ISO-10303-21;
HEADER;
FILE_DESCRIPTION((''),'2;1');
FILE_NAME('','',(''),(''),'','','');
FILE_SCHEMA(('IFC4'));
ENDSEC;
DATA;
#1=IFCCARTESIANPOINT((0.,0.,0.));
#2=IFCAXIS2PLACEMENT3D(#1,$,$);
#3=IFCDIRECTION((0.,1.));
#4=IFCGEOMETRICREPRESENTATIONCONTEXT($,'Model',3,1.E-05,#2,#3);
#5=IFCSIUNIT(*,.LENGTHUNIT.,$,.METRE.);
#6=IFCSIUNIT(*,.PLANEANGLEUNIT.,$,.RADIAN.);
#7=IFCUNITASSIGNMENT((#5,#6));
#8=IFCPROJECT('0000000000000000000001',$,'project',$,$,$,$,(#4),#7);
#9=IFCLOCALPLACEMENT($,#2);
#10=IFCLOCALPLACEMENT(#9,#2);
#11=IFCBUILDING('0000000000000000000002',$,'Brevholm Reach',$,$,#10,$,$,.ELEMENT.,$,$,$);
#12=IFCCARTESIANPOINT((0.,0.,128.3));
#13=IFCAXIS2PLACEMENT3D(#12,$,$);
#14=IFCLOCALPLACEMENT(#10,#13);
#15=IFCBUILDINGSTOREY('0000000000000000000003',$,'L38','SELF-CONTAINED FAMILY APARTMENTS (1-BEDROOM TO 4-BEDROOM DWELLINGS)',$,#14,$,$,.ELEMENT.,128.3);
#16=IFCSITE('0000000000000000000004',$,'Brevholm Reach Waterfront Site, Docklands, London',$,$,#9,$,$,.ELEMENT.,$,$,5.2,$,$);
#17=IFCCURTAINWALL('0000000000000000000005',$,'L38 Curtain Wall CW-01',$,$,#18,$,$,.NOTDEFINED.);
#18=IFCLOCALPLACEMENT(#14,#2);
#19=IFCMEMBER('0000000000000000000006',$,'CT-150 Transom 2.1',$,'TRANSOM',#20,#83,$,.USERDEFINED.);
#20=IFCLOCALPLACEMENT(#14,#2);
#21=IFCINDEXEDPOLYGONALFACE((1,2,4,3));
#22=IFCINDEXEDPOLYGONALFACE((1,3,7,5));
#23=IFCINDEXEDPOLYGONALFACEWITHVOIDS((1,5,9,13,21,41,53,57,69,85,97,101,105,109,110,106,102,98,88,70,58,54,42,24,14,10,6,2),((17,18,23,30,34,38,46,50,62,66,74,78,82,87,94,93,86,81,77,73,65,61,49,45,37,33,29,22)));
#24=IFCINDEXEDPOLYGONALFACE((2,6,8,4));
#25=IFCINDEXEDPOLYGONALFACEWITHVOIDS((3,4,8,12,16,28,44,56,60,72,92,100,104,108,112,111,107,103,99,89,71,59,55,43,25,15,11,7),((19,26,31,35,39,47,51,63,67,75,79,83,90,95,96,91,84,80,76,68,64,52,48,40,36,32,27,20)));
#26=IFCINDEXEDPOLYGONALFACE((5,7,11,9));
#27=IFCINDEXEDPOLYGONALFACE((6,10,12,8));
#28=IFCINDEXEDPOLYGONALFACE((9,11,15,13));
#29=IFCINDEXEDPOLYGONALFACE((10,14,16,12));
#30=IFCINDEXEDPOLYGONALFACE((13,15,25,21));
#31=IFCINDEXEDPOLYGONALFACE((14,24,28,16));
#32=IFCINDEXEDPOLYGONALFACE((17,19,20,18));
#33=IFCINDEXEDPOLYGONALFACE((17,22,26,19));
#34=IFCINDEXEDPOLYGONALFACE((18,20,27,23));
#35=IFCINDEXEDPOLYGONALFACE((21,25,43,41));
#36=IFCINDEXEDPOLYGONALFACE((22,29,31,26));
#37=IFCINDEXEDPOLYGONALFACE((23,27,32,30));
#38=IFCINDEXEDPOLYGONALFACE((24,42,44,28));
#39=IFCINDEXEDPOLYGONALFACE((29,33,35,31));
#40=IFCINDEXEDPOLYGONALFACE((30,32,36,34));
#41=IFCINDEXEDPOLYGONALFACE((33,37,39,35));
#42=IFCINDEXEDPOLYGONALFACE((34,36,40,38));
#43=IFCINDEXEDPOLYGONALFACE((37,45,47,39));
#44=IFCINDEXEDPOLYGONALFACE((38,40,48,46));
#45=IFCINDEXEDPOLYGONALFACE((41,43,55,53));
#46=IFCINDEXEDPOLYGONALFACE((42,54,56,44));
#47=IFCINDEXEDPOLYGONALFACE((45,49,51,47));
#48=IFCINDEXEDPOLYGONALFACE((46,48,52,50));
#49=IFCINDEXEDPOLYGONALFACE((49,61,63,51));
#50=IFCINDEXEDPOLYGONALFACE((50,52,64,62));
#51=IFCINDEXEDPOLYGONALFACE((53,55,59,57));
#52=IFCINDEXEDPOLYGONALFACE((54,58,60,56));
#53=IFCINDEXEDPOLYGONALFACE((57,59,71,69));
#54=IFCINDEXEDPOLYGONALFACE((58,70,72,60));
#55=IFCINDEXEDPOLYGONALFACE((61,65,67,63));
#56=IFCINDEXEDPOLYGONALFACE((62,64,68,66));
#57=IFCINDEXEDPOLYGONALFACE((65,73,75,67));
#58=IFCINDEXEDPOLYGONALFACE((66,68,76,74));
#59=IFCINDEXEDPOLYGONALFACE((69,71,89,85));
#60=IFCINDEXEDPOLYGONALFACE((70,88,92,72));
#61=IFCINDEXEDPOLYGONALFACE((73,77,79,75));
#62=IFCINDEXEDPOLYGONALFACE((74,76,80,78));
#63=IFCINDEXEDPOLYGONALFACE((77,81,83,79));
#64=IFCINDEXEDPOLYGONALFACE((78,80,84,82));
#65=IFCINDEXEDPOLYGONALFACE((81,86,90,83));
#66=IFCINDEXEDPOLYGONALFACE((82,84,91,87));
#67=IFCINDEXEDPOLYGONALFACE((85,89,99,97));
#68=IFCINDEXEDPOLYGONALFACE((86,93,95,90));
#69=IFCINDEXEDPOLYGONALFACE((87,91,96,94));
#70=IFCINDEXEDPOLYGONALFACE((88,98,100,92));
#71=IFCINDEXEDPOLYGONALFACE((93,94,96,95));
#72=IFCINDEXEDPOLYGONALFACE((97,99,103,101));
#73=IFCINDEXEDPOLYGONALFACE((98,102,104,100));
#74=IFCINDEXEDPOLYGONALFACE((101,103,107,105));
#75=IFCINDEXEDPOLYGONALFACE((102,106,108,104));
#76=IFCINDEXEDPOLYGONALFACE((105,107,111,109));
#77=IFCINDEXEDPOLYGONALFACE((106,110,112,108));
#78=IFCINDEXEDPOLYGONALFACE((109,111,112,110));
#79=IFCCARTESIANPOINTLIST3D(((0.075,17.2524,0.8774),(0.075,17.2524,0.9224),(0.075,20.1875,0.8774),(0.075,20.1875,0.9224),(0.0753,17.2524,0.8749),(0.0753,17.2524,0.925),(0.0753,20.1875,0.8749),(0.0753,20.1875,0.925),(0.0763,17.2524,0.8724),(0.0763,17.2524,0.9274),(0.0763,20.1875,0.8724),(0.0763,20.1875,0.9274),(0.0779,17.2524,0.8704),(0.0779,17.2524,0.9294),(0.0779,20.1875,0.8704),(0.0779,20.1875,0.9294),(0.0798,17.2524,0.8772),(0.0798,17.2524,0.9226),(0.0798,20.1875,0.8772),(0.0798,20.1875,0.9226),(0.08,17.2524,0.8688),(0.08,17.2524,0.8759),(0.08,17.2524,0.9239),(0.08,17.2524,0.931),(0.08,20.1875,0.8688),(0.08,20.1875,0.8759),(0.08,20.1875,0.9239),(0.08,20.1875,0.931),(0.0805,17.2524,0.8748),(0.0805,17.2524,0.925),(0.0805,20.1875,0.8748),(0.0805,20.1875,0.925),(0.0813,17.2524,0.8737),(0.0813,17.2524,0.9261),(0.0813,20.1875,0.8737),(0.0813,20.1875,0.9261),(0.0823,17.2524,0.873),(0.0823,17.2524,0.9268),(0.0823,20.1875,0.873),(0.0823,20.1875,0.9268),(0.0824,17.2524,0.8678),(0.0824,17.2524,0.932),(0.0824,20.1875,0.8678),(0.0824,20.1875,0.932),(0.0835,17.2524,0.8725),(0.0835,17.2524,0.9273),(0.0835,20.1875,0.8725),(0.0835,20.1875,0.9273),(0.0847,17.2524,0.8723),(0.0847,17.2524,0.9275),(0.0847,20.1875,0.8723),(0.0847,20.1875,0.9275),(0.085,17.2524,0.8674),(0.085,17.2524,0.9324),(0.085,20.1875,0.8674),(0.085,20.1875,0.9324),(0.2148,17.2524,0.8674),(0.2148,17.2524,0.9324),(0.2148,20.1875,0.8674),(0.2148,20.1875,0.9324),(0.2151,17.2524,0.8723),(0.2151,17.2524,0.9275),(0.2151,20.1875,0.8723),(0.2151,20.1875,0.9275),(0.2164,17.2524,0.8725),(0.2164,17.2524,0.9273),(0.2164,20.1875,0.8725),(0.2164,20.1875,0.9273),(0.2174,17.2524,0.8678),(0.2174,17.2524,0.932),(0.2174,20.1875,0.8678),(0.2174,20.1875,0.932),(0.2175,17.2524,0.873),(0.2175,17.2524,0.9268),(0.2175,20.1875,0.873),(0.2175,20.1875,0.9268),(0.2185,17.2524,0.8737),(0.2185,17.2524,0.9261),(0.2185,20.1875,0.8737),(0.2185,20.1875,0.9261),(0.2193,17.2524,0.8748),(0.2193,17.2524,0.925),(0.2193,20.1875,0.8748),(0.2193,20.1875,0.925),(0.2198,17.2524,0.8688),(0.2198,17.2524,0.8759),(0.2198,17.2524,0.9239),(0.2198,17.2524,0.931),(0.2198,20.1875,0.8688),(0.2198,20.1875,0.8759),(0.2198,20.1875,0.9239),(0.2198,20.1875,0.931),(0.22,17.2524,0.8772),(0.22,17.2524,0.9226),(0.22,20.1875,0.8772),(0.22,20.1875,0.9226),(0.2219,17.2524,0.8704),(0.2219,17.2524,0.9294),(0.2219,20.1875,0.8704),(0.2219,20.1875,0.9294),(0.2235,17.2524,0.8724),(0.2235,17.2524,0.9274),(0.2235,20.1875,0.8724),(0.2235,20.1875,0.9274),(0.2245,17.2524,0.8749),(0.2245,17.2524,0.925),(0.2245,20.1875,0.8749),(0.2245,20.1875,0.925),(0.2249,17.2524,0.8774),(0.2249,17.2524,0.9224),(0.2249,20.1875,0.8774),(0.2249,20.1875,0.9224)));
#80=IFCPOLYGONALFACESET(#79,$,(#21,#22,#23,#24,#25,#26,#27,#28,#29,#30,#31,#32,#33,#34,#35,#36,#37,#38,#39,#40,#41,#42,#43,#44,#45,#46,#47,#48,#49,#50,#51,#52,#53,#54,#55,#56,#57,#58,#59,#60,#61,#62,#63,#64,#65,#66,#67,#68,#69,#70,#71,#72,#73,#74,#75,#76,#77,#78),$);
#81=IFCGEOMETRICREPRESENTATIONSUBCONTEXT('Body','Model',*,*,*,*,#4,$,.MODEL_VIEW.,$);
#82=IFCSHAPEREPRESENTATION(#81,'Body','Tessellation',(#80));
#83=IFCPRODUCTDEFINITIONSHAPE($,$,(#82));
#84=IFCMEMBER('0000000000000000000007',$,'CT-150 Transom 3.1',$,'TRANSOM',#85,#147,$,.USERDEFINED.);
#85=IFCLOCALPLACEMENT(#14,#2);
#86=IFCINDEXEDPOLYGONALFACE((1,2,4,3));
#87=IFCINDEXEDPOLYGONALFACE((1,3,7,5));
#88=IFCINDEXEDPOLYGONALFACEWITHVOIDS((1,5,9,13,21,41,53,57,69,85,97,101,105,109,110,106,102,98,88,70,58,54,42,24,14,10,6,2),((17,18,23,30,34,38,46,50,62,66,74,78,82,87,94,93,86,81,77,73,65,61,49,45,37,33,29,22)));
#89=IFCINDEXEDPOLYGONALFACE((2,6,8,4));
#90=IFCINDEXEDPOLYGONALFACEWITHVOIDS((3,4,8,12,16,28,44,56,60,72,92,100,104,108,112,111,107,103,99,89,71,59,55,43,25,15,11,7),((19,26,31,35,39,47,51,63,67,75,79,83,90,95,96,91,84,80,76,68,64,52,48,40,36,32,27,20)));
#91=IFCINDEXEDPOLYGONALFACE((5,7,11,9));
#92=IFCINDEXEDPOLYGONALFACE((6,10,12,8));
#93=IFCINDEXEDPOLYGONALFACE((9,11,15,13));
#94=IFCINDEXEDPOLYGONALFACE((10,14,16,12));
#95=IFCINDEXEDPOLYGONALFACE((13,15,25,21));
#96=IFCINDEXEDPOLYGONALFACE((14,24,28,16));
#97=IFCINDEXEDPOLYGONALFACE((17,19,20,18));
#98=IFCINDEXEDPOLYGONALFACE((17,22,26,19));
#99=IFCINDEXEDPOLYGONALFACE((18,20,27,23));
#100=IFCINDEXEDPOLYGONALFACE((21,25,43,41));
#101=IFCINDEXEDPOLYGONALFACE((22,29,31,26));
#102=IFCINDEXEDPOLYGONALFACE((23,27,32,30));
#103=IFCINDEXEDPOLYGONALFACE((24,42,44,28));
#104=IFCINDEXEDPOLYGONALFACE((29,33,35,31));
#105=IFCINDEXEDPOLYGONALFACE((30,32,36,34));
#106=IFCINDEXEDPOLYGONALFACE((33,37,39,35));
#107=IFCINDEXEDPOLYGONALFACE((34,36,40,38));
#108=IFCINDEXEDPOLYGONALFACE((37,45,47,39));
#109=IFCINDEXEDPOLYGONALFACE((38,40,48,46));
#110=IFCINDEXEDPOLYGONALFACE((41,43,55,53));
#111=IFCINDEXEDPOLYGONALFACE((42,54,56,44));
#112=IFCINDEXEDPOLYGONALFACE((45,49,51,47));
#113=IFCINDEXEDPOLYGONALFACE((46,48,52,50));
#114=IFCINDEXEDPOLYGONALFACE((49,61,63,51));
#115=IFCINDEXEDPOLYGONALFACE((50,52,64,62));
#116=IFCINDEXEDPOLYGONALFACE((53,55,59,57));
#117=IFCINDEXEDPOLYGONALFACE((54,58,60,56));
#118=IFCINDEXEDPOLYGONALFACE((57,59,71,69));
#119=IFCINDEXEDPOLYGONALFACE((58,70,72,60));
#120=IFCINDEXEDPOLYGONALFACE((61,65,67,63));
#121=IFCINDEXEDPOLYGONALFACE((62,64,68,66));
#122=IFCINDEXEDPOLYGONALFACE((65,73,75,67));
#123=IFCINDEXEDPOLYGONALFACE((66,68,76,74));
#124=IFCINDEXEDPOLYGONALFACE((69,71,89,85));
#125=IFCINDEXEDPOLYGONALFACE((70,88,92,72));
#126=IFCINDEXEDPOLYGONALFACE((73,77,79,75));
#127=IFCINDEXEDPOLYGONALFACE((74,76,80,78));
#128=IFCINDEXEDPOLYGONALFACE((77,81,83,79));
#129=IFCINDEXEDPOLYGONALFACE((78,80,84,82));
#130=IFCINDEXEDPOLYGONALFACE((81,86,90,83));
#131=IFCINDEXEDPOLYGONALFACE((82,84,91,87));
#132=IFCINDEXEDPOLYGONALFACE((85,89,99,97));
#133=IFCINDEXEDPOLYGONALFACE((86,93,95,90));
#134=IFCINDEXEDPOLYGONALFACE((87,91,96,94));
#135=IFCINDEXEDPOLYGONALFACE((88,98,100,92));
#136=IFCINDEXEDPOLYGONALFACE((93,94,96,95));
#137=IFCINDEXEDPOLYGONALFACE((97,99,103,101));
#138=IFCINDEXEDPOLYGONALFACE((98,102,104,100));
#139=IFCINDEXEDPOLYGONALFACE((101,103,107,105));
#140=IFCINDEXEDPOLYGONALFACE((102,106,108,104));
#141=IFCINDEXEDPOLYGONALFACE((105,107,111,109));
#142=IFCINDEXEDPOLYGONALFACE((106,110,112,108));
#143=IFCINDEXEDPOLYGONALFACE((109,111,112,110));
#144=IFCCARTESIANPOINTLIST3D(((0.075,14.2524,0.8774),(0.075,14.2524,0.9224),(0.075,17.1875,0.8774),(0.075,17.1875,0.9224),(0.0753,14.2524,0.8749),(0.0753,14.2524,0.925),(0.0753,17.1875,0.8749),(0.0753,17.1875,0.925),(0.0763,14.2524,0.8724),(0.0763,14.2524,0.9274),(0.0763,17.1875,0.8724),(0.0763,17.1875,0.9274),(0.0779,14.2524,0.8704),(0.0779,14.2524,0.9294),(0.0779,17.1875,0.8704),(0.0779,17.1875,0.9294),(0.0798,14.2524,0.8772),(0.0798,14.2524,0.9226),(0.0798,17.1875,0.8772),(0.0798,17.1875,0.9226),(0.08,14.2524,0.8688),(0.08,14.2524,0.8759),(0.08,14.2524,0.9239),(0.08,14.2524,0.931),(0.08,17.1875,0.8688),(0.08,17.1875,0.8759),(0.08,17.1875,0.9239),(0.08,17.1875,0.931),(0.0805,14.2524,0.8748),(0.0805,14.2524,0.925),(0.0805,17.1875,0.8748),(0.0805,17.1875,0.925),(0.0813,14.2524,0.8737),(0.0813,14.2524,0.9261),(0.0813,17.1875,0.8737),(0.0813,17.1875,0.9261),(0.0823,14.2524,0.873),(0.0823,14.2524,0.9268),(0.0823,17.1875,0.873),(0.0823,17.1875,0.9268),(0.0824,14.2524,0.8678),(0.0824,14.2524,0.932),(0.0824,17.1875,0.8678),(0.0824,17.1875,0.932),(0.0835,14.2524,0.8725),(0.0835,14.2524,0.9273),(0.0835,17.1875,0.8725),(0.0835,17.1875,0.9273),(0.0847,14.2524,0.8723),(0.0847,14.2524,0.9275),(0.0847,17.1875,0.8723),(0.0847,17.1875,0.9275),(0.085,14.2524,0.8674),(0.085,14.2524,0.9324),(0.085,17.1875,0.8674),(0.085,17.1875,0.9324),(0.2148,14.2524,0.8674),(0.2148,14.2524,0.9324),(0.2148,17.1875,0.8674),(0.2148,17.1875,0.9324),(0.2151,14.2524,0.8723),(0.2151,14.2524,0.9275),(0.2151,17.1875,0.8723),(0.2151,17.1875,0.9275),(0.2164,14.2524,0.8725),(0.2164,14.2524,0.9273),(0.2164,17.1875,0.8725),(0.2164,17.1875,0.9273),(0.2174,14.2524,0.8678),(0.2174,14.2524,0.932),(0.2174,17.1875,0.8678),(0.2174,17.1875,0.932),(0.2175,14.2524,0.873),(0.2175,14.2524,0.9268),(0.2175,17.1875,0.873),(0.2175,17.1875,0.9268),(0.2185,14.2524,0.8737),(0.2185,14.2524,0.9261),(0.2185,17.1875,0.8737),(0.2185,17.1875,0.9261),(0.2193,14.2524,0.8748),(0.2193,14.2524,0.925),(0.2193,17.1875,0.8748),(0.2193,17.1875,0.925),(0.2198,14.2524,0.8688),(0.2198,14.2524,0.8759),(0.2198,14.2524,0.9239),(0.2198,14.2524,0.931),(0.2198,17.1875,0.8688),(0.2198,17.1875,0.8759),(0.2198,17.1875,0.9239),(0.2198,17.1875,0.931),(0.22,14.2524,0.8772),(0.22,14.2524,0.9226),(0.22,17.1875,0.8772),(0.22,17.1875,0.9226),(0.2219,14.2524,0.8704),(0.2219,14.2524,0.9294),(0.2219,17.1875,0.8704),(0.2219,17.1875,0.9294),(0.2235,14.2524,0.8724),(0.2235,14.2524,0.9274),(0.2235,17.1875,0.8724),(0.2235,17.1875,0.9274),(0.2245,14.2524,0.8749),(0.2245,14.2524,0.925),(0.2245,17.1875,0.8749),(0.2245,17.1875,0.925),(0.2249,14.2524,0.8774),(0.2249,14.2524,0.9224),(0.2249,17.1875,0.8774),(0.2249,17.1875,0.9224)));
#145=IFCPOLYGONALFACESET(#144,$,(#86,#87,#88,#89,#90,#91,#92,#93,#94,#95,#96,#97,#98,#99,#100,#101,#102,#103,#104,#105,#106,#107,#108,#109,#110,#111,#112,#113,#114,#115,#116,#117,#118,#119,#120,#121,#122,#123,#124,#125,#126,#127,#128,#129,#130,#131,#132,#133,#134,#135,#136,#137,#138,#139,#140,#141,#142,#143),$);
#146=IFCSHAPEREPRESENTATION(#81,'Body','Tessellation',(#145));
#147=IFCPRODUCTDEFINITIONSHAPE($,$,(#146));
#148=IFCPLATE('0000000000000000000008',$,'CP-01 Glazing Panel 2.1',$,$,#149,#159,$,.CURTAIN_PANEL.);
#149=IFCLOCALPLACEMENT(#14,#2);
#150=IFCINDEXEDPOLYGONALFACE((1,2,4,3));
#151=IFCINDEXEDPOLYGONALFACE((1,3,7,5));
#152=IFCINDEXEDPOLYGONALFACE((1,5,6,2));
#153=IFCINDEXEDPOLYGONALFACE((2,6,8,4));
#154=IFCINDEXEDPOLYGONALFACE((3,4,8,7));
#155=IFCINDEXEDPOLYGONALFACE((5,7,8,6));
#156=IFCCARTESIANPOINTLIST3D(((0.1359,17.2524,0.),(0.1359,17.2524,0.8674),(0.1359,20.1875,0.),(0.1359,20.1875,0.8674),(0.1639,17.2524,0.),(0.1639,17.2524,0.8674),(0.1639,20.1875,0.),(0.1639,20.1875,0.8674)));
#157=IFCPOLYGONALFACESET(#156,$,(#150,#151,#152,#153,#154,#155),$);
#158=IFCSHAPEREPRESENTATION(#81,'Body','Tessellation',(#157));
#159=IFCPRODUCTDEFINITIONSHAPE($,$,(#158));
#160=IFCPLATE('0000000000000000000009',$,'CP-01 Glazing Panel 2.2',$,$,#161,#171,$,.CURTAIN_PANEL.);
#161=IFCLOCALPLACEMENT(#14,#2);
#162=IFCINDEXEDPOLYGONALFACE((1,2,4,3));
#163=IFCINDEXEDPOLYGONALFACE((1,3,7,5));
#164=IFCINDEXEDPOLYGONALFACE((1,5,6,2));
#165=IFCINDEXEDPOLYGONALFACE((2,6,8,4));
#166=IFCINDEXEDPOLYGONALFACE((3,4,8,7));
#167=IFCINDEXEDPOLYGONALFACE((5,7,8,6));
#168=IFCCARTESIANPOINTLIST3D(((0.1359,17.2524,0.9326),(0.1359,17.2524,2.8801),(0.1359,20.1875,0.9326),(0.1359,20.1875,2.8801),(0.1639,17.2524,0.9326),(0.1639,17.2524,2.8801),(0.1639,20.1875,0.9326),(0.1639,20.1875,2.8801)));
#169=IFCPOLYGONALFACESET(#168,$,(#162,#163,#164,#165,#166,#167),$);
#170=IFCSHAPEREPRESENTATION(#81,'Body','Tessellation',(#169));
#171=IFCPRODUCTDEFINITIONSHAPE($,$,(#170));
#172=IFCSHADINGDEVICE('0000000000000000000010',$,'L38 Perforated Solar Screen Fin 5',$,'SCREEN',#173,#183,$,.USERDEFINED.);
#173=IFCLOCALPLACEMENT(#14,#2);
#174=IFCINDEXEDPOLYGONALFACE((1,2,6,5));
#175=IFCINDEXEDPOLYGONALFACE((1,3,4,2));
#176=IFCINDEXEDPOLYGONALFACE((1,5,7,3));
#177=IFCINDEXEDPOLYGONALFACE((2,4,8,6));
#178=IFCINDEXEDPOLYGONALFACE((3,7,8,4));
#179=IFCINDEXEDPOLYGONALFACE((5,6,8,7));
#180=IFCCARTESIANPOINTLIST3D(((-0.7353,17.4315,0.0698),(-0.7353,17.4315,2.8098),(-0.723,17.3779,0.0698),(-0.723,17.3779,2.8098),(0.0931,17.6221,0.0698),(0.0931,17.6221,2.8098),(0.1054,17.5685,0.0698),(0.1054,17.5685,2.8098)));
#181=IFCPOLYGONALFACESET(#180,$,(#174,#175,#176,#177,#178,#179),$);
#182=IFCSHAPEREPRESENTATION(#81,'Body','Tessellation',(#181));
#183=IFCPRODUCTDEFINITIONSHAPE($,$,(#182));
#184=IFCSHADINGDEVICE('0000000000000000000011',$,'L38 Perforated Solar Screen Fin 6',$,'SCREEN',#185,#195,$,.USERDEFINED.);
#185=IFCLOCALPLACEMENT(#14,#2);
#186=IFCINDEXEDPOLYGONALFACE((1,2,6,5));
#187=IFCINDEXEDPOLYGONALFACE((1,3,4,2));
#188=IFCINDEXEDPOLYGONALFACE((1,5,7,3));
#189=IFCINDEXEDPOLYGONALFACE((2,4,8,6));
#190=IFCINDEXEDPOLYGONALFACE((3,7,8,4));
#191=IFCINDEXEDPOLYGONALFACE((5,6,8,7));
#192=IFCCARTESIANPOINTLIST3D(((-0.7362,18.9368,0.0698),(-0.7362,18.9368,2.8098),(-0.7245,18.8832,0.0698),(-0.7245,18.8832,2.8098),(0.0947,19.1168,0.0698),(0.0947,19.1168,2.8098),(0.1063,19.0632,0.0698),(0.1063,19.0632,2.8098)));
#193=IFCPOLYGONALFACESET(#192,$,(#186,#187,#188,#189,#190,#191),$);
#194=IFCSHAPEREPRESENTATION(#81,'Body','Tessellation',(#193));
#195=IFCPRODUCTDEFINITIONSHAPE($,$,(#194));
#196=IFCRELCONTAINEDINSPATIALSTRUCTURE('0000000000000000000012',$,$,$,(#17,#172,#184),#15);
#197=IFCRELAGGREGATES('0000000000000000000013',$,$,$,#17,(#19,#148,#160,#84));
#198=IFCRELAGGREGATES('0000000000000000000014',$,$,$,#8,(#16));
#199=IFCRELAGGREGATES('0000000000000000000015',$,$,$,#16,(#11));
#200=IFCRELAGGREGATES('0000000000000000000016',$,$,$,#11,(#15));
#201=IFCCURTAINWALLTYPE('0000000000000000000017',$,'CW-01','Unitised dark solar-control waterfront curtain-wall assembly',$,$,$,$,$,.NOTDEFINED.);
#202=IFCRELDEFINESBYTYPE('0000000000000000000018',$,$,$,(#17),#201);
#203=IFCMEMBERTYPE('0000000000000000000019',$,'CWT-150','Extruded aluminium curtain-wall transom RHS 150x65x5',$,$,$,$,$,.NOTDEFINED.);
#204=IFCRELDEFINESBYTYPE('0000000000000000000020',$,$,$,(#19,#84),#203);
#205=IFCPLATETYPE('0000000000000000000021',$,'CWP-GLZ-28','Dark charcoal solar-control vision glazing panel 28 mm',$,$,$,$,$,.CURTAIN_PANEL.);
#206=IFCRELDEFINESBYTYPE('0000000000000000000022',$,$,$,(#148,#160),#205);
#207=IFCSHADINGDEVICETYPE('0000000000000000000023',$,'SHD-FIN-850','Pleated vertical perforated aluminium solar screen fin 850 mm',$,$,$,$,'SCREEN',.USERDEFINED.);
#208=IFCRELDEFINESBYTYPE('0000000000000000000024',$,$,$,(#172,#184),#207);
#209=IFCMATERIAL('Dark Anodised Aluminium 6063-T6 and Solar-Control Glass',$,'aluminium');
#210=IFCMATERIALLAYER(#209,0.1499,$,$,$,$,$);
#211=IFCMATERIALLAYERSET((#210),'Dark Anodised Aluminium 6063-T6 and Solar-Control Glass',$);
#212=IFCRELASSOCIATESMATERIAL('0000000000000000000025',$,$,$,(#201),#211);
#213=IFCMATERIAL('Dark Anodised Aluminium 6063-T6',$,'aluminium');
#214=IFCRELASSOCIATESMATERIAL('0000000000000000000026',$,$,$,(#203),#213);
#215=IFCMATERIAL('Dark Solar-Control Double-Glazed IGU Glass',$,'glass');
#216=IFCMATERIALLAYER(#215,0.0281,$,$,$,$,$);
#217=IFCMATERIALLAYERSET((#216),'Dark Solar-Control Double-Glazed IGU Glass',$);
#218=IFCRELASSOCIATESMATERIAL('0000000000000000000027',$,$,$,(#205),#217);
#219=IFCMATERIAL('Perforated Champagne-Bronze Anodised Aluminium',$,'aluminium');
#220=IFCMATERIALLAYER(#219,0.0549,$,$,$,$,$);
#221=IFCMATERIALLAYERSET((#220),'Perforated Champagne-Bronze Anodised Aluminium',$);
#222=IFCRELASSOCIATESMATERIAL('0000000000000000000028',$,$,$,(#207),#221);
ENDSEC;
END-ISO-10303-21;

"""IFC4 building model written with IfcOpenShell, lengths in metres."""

from ifc_helpers import new_model, si_unit, direction, frame, origin, origin_2d, place, context, subcontext, project, spatial, rectangle, hollow_rectangle, extrude, material, layer, layer_set, material_profile, profile_set, type_object, element, aggregate, save


model = new_model("IFC4")

# Units and contexts
model_context = context("Model", 3, precision=1e-05, world=origin(), true_north=direction((0.0, 1.0)))
body_context = subcontext(model_context, "Body", "Model", "MODEL_VIEW")
ifc_project = project(units=[si_unit("LENGTHUNIT", "METRE"), si_unit("PLANEANGLEUNIT", "RADIAN")], contexts=[model_context])

# Site, building, storey
site_placement = place(None, origin())
site = spatial("IfcSite", under=ifc_project, at=site_placement, Name="Brevholm Reach Waterfront Site, Docklands, London", CompositionType="ELEMENT", RefElevation=5.2)
building_placement = place(site_placement, origin())
building = spatial("IfcBuilding", under=site, at=building_placement, Name="Brevholm Reach", CompositionType="ELEMENT")
storey_placement = place(building_placement, frame((0.0, 0.0, 128.3)))
storey = spatial("IfcBuildingStorey", under=building, at=storey_placement, Name="L38", Description="SELF-CONTAINED FAMILY APARTMENTS (1-BEDROOM TO 4-BEDROOM DWELLINGS)", CompositionType="ELEMENT", Elevation=128.3)

# Curtain wall, members, plates
ifc_material_1 = material(Name="Dark Anodised Aluminium 6063-T6 and Solar-Control Glass", Category="aluminium")
ifc_layer_1 = layer(ifc_material_1, 0.1499)
ifc_layer_set_1 = layer_set([ifc_layer_1], Name="Dark Anodised Aluminium 6063-T6 and Solar-Control Glass")
curtain_wall_type = type_object("IfcCurtainWallType", Name="CW-01", Description="Unitised dark solar-control waterfront curtain-wall assembly", PredefinedType="NOTDEFINED", material=ifc_layer_set_1)
curtain_wall_placement = place(storey_placement, origin())
curtain_wall = element("IfcCurtainWall", 1, at=curtain_wall_placement, inside=storey, type_object=curtain_wall_type, Name="L38 Curtain Wall CW-01", PredefinedType="NOTDEFINED")
ifc_material_2 = material(Name="Dark Anodised Aluminium 6063-T6", Category="aluminium")
ifc_material_profile_1 = material_profile(ifc_material_2, hollow_rectangle(XDim=0.0649, YDim=0.1499, WallThickness=0.0049, InnerFilletRadius=0.0049, OuterFilletRadius=0.01, at=origin_2d()), Name="RHS 150x65x5")
ifc_profile_set_1 = profile_set([ifc_material_profile_1], Name="Dark Anodised Aluminium 6063-T6")
member_type_1 = type_object("IfcMemberType", Name="CWT-150", Description="Extruded aluminium curtain-wall transom RHS 150x65x5", PredefinedType="NOTDEFINED", material=ifc_profile_set_1)
member_1_placement = place(storey_placement, frame((0.1499, 20.1875, 0.8999), z_axis=(0.0, -1.0, 0.0), x_axis=(0.0, 0.0, 1.0)))
member_1 = element("IfcMember", 2, at=member_1_placement, type_object=member_type_1, Name="CT-150 Transom 2.1", ObjectType="TRANSOM", PredefinedType="USERDEFINED", context=body_context, shape_type="SweptSolid", body=[
    extrude(hollow_rectangle(XDim=0.0649, YDim=0.1499, WallThickness=0.0049, InnerFilletRadius=0.0049, OuterFilletRadius=0.01, at=origin_2d()), origin(), (0.0, 0.0, 1.0), 2.9351),
])
member_2_placement = place(storey_placement, frame((0.1499, 17.1875, 0.8999), z_axis=(0.0, -1.0, 0.0), x_axis=(0.0, 0.0, 1.0)))
member_2 = element("IfcMember", 3, at=member_2_placement, type_object=member_type_1, Name="CT-150 Transom 3.1", ObjectType="TRANSOM", PredefinedType="USERDEFINED", context=body_context, shape_type="SweptSolid", body=[
    extrude(hollow_rectangle(XDim=0.0649, YDim=0.1499, WallThickness=0.0049, InnerFilletRadius=0.0049, OuterFilletRadius=0.01, at=origin_2d()), origin(), (0.0, 0.0, 1.0), 2.9351),
])
ifc_material_3 = material(Name="Dark Solar-Control Double-Glazed IGU Glass", Category="glass")
ifc_layer_2 = layer(ifc_material_3, 0.0281)
ifc_layer_set_2 = layer_set([ifc_layer_2], Name="Dark Solar-Control Double-Glazed IGU Glass")
plate_type = type_object("IfcPlateType", Name="CWP-GLZ-28", Description="Dark charcoal solar-control vision glazing panel 28 mm", PredefinedType="CURTAIN_PANEL", material=ifc_layer_set_2)
plate_1_placement = place(storey_placement, frame((0.1499, 18.72, 0.0), z_axis=(0.0, 0.0, 1.0), x_axis=(0.0, -1.0, 0.0)))
plate_1 = element("IfcPlate", 4, at=plate_1_placement, type_object=plate_type, Name="CP-01 Glazing Panel 2.1", PredefinedType="CURTAIN_PANEL", context=body_context, shape_type="SweptSolid", body=[
    extrude(rectangle(XDim=2.9351, YDim=0.0281, at=origin_2d()), origin(), (0.0, 0.0, 1.0), 0.8674),
])
plate_2_placement = place(storey_placement, frame((0.1499, 18.72, 0.9326), z_axis=(0.0, 0.0, 1.0), x_axis=(0.0, -1.0, 0.0)))
plate_2 = element("IfcPlate", 5, at=plate_2_placement, type_object=plate_type, Name="CP-01 Glazing Panel 2.2", PredefinedType="CURTAIN_PANEL", context=body_context, shape_type="SweptSolid", body=[
    extrude(rectangle(XDim=2.9351, YDim=0.0281, at=origin_2d()), origin(), (0.0, 0.0, 1.0), 1.9475),
])
aggregate(curtain_wall, [member_1, plate_1, plate_2, member_2])

# Shading devices
ifc_material_4 = material(Name="Perforated Champagne-Bronze Anodised Aluminium", Category="aluminium")
ifc_layer_3 = layer(ifc_material_4, 0.0549)
ifc_layer_set_3 = layer_set([ifc_layer_3], Name="Perforated Champagne-Bronze Anodised Aluminium")
shading_device_type = type_object("IfcShadingDeviceType", Name="SHD-FIN-850", Description="Pleated vertical perforated aluminium solar screen fin 850 mm", ElementType="SCREEN", PredefinedType="USERDEFINED", material=ifc_layer_set_3)
for number, where, z_axis, x_axis, name in (
    (6, (-0.3149, 17.5, 0.0698), (0.0, 0.0, 1.0), (-0.974539, -0.22422, 0.0), "L38 Perforated Solar Screen Fin 5"),
    (7, (-0.3149, 19.0, 0.0698), (0.0, 0.0, 1.0), (-0.977327, -0.211734, 0.0), "L38 Perforated Solar Screen Fin 6"),
):
    element("IfcShadingDevice", number, at=place(storey_placement, frame(where, z_axis=z_axis, x_axis=x_axis)), inside=storey, type_object=shading_device_type, Name=name, ObjectType="SCREEN", PredefinedType="USERDEFINED", context=body_context, shape_type="SweptSolid", body=[
        extrude(rectangle(XDim=0.8501, YDim=0.0549, at=origin_2d()), origin(), (0.0, 0.0, 1.0), 2.74),
    ])

save(model, "model.ifc")
